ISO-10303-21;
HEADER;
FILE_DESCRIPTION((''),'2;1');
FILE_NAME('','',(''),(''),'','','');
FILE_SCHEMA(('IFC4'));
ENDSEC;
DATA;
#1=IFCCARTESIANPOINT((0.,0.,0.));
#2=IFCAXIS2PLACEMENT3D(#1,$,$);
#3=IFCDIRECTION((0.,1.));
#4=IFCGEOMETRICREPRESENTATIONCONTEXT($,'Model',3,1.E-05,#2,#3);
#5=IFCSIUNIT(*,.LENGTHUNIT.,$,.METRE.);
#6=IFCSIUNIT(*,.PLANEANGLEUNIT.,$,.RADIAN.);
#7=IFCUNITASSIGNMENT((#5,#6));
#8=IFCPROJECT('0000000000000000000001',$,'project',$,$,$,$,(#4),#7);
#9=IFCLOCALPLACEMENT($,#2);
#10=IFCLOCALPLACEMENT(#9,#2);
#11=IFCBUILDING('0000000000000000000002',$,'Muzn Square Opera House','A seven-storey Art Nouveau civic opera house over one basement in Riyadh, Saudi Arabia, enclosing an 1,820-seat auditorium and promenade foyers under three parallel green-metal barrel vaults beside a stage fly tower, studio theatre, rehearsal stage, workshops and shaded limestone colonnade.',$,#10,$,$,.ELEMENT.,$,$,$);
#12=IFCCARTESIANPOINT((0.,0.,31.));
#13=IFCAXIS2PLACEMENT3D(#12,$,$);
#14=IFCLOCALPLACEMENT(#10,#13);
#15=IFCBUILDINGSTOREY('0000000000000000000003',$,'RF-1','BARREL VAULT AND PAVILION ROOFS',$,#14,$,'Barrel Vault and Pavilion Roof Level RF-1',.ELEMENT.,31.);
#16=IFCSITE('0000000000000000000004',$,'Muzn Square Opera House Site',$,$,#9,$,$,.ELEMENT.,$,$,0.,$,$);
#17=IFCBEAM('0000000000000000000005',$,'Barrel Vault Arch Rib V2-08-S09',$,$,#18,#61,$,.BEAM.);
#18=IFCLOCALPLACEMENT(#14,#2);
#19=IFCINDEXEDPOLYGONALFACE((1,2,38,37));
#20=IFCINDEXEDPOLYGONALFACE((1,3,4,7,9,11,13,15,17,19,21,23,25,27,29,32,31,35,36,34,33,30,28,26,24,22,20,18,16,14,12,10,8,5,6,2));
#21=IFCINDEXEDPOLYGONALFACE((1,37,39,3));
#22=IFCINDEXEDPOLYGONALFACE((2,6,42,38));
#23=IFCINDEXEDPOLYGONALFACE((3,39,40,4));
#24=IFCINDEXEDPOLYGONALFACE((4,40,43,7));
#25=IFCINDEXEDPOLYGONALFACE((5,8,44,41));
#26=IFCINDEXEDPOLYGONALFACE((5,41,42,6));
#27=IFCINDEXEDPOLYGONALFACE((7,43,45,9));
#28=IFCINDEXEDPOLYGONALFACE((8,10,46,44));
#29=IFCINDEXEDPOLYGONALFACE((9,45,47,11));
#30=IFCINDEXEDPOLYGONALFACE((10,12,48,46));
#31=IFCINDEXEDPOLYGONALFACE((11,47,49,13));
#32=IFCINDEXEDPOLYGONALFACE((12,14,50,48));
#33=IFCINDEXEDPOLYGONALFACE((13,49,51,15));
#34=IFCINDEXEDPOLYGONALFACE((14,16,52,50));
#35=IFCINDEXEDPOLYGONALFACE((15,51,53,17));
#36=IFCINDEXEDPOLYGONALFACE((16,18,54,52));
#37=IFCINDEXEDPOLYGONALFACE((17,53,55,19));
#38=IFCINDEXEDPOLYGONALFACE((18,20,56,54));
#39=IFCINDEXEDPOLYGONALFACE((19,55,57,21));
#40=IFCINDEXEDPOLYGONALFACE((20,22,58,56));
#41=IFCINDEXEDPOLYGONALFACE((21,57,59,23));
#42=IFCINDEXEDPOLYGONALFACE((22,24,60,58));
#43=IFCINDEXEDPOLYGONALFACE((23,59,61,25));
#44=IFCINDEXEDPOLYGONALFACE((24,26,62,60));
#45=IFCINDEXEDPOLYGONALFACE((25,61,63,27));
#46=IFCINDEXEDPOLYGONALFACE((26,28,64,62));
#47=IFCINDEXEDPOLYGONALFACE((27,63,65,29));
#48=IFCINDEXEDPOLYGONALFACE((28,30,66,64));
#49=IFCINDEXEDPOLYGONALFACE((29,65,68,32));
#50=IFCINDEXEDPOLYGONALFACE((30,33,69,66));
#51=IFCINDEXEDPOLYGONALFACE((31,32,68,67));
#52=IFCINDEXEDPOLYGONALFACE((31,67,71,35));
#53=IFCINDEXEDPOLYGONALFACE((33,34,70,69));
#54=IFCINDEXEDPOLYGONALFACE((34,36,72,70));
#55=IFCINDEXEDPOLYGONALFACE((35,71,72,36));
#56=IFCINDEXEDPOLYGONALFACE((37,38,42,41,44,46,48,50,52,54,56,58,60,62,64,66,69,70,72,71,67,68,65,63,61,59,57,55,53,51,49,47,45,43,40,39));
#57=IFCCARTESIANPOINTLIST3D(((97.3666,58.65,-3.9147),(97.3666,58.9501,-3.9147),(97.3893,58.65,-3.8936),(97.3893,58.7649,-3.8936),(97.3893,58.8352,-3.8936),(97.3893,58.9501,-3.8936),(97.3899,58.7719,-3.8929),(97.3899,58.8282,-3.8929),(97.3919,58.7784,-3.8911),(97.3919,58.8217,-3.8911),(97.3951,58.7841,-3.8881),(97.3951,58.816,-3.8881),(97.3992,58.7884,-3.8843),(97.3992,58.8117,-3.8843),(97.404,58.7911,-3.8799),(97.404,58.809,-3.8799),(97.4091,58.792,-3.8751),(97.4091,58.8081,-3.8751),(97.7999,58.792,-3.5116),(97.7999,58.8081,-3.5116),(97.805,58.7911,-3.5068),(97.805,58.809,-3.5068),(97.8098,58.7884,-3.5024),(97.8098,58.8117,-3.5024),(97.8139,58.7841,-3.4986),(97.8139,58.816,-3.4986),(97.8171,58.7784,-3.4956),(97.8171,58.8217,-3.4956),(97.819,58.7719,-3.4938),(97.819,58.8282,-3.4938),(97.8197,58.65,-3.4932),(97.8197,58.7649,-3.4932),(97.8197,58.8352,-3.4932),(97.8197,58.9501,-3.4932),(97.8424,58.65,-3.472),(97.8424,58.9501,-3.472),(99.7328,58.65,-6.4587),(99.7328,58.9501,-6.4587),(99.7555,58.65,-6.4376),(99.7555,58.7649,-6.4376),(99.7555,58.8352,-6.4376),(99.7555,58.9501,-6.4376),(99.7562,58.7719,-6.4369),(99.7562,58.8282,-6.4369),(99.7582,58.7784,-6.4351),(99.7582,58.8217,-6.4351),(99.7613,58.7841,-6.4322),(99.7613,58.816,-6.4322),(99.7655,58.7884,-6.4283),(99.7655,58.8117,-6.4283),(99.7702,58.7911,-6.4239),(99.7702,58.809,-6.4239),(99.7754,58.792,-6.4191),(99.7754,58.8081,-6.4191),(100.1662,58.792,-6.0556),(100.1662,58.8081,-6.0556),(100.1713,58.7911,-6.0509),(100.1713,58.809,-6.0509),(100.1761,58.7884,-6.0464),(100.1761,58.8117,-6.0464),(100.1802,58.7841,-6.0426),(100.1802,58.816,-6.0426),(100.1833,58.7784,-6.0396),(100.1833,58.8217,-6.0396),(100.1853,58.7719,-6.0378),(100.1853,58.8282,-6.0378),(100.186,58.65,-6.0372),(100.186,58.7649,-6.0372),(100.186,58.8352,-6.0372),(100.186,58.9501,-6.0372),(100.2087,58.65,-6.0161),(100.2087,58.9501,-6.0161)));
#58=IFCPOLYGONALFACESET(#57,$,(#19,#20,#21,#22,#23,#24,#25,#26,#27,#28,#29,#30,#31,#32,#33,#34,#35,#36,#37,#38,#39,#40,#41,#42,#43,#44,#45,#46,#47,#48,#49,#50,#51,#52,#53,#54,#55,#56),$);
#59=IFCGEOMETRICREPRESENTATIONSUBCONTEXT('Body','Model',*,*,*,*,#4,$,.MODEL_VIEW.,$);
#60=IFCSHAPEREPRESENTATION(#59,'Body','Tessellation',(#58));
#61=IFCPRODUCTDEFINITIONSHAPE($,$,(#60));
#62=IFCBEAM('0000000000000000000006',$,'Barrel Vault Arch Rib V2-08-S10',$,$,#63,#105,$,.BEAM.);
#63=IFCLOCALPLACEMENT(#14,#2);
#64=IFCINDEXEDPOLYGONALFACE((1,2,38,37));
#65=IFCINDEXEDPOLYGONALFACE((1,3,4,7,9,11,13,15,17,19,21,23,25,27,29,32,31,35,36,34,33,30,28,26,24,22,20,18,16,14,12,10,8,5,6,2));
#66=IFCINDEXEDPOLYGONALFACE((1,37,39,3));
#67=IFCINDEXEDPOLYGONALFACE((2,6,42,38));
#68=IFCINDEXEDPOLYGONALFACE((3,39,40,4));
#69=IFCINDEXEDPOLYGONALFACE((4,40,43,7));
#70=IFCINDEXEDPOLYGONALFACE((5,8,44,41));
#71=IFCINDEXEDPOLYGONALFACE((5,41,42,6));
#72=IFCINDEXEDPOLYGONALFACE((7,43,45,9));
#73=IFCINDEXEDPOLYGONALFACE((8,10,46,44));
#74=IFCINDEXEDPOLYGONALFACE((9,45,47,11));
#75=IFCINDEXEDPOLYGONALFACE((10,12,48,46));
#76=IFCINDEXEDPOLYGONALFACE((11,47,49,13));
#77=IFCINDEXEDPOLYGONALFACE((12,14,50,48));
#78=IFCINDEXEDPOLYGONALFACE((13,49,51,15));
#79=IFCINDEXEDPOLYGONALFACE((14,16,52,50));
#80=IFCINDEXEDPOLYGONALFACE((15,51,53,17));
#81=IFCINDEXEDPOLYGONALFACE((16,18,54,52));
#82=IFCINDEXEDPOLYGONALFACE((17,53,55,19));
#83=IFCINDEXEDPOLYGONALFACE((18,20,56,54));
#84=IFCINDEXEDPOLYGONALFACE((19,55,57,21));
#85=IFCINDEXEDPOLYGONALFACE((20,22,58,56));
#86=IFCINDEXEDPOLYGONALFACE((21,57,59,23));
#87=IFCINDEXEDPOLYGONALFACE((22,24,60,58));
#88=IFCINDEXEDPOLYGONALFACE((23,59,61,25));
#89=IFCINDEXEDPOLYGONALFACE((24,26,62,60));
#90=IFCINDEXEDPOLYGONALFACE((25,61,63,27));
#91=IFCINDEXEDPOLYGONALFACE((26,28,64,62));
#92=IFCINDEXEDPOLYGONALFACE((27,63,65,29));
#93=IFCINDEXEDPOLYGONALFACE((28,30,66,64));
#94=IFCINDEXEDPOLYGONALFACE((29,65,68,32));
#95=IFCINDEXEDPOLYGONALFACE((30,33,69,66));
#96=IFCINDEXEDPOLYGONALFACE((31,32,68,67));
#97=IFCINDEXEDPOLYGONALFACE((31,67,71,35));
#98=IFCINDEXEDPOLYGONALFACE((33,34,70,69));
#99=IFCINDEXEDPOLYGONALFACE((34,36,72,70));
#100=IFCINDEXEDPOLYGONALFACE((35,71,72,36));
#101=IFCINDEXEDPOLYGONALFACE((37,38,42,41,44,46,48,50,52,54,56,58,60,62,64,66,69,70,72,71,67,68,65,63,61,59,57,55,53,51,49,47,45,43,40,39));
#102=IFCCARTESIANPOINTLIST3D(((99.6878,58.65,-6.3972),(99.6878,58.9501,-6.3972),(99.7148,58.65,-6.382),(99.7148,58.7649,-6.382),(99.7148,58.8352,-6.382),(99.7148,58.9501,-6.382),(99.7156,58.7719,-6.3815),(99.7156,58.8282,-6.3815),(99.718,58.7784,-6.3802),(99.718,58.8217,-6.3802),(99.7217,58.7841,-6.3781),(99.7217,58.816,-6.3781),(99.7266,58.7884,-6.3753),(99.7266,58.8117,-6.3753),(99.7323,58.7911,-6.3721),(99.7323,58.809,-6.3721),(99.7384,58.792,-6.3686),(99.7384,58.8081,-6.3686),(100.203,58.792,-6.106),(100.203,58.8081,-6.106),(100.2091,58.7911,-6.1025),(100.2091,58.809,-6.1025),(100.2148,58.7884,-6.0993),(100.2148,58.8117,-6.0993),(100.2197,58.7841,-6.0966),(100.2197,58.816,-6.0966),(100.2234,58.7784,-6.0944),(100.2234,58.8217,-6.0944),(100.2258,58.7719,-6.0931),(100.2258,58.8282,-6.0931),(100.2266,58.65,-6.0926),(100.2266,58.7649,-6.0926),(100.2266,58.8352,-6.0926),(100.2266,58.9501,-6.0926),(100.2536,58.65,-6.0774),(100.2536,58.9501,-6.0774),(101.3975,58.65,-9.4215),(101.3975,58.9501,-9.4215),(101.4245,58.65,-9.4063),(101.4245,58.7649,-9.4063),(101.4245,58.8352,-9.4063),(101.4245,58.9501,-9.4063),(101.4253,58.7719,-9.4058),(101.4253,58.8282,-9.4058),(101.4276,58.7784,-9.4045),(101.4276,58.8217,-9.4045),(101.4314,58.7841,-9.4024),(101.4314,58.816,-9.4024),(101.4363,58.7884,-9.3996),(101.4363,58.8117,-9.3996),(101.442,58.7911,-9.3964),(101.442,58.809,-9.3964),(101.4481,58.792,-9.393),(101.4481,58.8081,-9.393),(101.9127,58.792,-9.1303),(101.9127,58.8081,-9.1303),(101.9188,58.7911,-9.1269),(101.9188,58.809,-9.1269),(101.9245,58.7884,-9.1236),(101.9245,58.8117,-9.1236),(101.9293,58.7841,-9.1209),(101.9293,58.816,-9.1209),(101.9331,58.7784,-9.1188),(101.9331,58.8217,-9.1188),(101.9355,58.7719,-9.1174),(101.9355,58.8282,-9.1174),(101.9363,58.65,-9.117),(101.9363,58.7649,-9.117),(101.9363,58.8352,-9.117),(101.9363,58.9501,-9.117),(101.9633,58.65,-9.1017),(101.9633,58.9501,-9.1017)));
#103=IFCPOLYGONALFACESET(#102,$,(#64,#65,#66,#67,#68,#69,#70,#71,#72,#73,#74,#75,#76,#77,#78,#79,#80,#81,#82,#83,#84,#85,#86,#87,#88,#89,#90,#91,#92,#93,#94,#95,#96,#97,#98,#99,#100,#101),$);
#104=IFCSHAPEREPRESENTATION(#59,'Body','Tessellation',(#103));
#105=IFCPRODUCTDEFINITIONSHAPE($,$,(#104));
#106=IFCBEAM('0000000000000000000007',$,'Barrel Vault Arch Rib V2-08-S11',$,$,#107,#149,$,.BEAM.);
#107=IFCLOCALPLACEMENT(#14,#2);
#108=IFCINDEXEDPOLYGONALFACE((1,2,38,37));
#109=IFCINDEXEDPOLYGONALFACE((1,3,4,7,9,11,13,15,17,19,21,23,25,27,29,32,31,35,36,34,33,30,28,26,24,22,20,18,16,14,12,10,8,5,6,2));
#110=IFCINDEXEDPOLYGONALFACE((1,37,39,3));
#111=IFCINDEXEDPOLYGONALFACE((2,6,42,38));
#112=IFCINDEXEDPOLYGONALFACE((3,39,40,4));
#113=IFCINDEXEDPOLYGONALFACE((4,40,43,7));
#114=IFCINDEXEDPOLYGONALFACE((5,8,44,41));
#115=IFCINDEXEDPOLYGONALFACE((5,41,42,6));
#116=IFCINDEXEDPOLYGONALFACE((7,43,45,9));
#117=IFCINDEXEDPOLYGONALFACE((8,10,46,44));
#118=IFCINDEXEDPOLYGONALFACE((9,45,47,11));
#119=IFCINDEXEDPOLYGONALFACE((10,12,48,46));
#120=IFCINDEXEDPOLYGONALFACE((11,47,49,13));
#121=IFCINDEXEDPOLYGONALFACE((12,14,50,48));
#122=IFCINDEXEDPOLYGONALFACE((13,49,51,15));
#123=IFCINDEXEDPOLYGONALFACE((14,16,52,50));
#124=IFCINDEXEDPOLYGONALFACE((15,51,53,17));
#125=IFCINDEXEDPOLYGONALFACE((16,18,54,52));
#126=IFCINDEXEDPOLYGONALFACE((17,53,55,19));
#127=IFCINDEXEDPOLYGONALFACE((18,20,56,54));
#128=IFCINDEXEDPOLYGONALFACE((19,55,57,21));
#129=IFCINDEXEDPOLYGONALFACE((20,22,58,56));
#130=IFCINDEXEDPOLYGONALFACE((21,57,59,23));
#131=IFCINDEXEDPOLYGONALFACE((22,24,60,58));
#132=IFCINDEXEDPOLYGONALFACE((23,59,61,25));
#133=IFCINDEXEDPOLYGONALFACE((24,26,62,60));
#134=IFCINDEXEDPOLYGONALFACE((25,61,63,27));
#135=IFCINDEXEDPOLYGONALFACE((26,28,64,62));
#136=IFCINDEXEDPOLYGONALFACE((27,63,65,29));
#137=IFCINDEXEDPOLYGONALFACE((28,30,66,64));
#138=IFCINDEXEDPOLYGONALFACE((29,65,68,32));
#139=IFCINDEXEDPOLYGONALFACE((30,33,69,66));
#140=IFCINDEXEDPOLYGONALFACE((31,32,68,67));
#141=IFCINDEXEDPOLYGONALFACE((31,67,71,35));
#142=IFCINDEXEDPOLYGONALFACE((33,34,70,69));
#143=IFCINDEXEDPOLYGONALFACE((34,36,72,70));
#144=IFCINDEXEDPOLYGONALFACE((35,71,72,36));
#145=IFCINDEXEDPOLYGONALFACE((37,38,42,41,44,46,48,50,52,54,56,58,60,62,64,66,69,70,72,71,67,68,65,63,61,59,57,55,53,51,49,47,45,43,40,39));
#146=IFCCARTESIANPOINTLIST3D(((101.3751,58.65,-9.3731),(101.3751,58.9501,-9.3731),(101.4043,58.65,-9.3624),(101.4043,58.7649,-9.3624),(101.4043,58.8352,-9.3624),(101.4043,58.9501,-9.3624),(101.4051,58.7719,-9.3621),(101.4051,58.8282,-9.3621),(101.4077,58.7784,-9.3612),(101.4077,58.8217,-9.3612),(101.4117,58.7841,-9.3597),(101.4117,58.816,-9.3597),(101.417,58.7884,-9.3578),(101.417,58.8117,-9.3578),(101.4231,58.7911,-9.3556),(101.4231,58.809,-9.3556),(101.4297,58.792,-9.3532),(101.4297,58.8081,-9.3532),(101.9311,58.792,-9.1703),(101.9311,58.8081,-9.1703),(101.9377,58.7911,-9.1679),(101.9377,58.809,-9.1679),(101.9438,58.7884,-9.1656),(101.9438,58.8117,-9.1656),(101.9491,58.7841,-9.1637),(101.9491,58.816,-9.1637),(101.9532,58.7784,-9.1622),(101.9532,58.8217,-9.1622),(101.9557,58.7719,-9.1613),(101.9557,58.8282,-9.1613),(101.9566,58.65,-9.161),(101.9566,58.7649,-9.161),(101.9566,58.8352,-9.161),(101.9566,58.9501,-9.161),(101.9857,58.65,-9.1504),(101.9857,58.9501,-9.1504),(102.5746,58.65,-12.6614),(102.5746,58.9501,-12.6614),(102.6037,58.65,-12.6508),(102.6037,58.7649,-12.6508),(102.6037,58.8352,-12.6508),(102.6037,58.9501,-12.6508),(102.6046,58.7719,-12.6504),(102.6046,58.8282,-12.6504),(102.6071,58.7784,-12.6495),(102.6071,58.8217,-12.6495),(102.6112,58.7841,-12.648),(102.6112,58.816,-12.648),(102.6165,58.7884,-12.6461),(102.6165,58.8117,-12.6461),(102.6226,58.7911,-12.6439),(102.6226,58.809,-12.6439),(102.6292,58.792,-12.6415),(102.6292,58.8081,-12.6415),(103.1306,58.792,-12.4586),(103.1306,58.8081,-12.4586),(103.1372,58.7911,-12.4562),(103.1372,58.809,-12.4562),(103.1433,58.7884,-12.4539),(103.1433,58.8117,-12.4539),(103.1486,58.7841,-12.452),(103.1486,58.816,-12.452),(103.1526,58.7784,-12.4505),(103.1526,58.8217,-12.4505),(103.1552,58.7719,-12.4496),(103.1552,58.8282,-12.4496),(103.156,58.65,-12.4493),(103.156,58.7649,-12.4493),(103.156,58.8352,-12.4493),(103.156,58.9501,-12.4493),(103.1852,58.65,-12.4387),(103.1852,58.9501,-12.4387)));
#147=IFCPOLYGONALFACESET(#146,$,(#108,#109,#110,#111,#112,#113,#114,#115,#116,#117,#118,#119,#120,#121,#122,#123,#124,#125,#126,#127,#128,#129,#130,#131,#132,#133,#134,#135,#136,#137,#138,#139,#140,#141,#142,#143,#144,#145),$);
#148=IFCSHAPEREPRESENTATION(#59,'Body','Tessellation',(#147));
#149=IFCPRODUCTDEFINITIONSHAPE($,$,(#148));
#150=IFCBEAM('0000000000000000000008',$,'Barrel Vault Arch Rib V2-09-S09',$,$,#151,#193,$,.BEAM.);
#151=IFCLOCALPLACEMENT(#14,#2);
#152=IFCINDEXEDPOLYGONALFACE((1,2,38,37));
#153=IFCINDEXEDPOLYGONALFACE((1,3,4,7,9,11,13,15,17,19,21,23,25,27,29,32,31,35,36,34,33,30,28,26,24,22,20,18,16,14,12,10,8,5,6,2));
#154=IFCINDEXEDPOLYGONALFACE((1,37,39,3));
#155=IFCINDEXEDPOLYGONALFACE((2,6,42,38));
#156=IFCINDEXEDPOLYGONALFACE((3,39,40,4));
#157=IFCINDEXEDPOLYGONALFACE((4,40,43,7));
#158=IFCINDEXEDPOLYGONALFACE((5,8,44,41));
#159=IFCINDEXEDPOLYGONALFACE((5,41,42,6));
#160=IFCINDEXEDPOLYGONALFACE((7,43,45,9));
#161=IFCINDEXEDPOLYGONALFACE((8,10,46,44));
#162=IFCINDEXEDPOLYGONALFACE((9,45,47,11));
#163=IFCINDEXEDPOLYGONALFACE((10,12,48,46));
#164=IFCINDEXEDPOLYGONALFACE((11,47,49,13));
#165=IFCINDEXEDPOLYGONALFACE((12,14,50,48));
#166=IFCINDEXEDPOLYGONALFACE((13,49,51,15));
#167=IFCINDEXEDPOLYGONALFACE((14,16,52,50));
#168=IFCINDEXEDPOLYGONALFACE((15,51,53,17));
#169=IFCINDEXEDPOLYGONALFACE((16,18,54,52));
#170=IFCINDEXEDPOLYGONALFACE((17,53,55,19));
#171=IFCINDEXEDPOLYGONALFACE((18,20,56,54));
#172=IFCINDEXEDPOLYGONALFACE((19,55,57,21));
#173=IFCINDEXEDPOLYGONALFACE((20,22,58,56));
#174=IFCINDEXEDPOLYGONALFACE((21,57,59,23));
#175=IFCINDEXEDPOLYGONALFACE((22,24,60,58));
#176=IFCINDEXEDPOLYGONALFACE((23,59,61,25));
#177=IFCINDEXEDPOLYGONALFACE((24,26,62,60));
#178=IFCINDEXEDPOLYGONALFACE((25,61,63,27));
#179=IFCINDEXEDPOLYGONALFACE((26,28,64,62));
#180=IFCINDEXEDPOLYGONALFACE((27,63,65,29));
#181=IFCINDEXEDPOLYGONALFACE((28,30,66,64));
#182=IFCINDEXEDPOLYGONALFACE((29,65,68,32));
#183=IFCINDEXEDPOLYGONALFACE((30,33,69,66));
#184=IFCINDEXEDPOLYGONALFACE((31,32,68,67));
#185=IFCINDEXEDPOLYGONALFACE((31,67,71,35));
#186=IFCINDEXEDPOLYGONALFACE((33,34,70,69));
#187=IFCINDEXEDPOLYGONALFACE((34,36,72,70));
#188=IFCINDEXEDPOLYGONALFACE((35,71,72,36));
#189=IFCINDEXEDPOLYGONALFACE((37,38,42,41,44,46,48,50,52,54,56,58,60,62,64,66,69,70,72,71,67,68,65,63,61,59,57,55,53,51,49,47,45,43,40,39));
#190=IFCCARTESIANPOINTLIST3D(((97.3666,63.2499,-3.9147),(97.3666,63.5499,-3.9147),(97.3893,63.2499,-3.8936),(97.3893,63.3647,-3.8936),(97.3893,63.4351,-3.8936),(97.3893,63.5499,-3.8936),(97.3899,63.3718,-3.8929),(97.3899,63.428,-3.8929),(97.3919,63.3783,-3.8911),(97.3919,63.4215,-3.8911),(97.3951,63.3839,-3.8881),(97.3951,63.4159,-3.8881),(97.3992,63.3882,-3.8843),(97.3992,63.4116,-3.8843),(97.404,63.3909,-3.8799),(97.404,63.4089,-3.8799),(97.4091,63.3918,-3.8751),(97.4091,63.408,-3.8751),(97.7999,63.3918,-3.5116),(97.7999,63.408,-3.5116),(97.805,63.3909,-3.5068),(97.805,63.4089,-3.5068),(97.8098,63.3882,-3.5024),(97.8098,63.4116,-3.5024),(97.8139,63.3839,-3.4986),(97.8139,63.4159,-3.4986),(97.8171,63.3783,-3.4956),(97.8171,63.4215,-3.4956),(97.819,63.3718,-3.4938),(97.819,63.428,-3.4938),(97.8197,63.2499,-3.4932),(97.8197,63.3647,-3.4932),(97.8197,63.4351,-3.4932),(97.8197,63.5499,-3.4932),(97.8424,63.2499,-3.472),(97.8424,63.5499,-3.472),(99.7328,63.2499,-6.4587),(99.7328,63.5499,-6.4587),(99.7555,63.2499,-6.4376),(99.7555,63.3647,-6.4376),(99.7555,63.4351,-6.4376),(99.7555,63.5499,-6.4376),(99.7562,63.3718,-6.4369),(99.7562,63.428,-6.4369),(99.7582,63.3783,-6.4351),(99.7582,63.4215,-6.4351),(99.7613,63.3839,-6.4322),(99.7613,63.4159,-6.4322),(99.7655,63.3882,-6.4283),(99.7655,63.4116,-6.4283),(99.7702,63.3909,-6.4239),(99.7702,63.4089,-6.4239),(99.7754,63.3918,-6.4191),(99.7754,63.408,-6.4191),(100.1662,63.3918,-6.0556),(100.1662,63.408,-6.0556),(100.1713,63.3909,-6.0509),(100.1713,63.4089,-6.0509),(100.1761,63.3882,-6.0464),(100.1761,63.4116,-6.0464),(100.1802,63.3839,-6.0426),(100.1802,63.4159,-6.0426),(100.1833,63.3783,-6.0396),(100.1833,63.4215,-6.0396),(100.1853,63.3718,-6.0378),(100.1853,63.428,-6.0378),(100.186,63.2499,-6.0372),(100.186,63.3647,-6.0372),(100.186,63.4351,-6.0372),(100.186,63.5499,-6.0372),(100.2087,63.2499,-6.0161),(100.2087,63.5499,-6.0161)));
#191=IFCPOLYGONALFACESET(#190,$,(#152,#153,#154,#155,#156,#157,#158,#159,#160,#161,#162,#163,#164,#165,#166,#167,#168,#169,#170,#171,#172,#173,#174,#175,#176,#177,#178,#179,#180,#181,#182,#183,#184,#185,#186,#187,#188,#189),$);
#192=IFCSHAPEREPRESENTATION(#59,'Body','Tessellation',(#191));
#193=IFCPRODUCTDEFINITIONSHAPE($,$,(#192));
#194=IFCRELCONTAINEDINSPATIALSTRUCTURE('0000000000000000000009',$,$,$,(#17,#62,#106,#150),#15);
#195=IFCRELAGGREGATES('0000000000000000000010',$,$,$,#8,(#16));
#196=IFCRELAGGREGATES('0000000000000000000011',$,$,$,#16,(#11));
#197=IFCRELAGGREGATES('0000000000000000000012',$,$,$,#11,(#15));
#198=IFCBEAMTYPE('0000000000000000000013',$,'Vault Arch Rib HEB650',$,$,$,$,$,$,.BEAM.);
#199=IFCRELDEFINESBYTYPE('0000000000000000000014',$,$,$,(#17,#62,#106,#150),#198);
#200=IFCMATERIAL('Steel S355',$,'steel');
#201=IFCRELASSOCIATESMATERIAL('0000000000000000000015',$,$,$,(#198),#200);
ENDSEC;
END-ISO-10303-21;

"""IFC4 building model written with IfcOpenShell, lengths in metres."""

from ifc_helpers import new_model, si_unit, direction, frame, origin, origin_2d, place, context, subcontext, project, spatial, i_section, extrude, material, material_profile, profile_set, type_object, element, save


model = new_model("IFC4")

# Units and contexts
model_context = context("Model", 3, precision=1e-05, world=origin(), true_north=direction((0.0, 1.0)))
body_context = subcontext(model_context, "Body", "Model", "MODEL_VIEW")
ifc_project = project(units=[si_unit("LENGTHUNIT", "METRE"), si_unit("PLANEANGLEUNIT", "RADIAN")], contexts=[model_context])

# Site, building, storey
site_placement = place(None, origin())
site = spatial("IfcSite", under=ifc_project, at=site_placement, Name="Muzn Square Opera House Site", CompositionType="ELEMENT", RefElevation=0.0)
building_placement = place(site_placement, origin())
building = spatial("IfcBuilding", under=site, at=building_placement, Name="Muzn Square Opera House", Description="A seven-storey Art Nouveau civic opera house over one basement in Riyadh, Saudi Arabia, enclosing an 1,820-seat auditorium and promenade foyers under three parallel green-metal barrel vaults beside a stage fly tower, studio theatre, rehearsal stage, workshops and shaded limestone colonnade.", CompositionType="ELEMENT")
storey_placement = place(building_placement, frame((0.0, 0.0, 31.0)))
storey = spatial("IfcBuildingStorey", under=building, at=storey_placement, Name="RF-1", Description="BARREL VAULT AND PAVILION ROOFS", LongName="Barrel Vault and Pavilion Roof Level RF-1", CompositionType="ELEMENT", Elevation=31.0)

# Beams
ifc_material_1 = material(Name="Steel S355", Category="steel")
ifc_material_profile_1 = material_profile(ifc_material_1, i_section(OverallWidth=0.3, OverallDepth=0.6499, WebThickness=0.0161, FlangeThickness=0.031, FilletRadius=0.0271, at=origin_2d()), Name="HEB 650", Category="steel")
ifc_profile_set_1 = profile_set([ifc_material_profile_1], Name="Steel S355")
beam_type_1 = type_object("IfcBeamType", Name="Vault Arch Rib HEB650", PredefinedType="BEAM", material=ifc_profile_set_1)
beam_1_placement = place(storey_placement, frame((97.6045, 58.8, -3.6934), z_axis=(0.681065, 0.0, -0.732223), x_axis=(0.0, 1.0, 0.0)))
element("IfcBeam", 1, at=beam_1_placement, inside=storey, type_object=beam_type_1, Name="Barrel Vault Arch Rib V2-08-S09", PredefinedType="BEAM", context=body_context, shape_type="SweptSolid", body=[
    extrude(i_section(OverallWidth=0.3, OverallDepth=0.6499, WebThickness=0.0161, FlangeThickness=0.031, FilletRadius=0.0271, at=origin_2d()), origin(), (0.0, 0.0, 1.0), 3.4744),
])
beam_2_placement = place(storey_placement, frame((99.9707, 58.8, -6.2373), z_axis=(0.492115, 0.0, -0.87053), x_axis=(0.0, 1.0, 0.0)))
element("IfcBeam", 2, at=beam_2_placement, inside=storey, type_object=beam_type_1, Name="Barrel Vault Arch Rib V2-08-S10", PredefinedType="BEAM", context=body_context, shape_type="SweptSolid", body=[
    extrude(i_section(OverallWidth=0.3, OverallDepth=0.6499, WebThickness=0.0161, FlangeThickness=0.031, FilletRadius=0.0271, at=origin_2d()), origin(), (0.0, 0.0, 1.0), 3.4741),
])
beam_3_placement = place(storey_placement, frame((101.6804, 58.8, -9.2617), z_axis=(0.342678, 0.0, -0.939453), x_axis=(0.0, 1.0, 0.0)))
element("IfcBeam", 3, at=beam_3_placement, inside=storey, type_object=beam_type_1, Name="Barrel Vault Arch Rib V2-08-S11", PredefinedType="BEAM", context=body_context, shape_type="SweptSolid", body=[
    extrude(i_section(OverallWidth=0.3, OverallDepth=0.6499, WebThickness=0.0161, FlangeThickness=0.031, FilletRadius=0.0271, at=origin_2d()), origin(), (0.0, 0.0, 1.0), 3.5002),
])
beam_4_placement = place(storey_placement, frame((97.6045, 63.3999, -3.6934), z_axis=(0.681065, 0.0, -0.732223), x_axis=(0.0, 1.0, 0.0)))
element("IfcBeam", 4, at=beam_4_placement, inside=storey, type_object=beam_type_1, Name="Barrel Vault Arch Rib V2-09-S09", PredefinedType="BEAM", context=body_context, shape_type="SweptSolid", body=[
    extrude(i_section(OverallWidth=0.3, OverallDepth=0.6499, WebThickness=0.0161, FlangeThickness=0.031, FilletRadius=0.0271, at=origin_2d()), origin(), (0.0, 0.0, 1.0), 3.4744),
])

save(model, "model.ifc")
